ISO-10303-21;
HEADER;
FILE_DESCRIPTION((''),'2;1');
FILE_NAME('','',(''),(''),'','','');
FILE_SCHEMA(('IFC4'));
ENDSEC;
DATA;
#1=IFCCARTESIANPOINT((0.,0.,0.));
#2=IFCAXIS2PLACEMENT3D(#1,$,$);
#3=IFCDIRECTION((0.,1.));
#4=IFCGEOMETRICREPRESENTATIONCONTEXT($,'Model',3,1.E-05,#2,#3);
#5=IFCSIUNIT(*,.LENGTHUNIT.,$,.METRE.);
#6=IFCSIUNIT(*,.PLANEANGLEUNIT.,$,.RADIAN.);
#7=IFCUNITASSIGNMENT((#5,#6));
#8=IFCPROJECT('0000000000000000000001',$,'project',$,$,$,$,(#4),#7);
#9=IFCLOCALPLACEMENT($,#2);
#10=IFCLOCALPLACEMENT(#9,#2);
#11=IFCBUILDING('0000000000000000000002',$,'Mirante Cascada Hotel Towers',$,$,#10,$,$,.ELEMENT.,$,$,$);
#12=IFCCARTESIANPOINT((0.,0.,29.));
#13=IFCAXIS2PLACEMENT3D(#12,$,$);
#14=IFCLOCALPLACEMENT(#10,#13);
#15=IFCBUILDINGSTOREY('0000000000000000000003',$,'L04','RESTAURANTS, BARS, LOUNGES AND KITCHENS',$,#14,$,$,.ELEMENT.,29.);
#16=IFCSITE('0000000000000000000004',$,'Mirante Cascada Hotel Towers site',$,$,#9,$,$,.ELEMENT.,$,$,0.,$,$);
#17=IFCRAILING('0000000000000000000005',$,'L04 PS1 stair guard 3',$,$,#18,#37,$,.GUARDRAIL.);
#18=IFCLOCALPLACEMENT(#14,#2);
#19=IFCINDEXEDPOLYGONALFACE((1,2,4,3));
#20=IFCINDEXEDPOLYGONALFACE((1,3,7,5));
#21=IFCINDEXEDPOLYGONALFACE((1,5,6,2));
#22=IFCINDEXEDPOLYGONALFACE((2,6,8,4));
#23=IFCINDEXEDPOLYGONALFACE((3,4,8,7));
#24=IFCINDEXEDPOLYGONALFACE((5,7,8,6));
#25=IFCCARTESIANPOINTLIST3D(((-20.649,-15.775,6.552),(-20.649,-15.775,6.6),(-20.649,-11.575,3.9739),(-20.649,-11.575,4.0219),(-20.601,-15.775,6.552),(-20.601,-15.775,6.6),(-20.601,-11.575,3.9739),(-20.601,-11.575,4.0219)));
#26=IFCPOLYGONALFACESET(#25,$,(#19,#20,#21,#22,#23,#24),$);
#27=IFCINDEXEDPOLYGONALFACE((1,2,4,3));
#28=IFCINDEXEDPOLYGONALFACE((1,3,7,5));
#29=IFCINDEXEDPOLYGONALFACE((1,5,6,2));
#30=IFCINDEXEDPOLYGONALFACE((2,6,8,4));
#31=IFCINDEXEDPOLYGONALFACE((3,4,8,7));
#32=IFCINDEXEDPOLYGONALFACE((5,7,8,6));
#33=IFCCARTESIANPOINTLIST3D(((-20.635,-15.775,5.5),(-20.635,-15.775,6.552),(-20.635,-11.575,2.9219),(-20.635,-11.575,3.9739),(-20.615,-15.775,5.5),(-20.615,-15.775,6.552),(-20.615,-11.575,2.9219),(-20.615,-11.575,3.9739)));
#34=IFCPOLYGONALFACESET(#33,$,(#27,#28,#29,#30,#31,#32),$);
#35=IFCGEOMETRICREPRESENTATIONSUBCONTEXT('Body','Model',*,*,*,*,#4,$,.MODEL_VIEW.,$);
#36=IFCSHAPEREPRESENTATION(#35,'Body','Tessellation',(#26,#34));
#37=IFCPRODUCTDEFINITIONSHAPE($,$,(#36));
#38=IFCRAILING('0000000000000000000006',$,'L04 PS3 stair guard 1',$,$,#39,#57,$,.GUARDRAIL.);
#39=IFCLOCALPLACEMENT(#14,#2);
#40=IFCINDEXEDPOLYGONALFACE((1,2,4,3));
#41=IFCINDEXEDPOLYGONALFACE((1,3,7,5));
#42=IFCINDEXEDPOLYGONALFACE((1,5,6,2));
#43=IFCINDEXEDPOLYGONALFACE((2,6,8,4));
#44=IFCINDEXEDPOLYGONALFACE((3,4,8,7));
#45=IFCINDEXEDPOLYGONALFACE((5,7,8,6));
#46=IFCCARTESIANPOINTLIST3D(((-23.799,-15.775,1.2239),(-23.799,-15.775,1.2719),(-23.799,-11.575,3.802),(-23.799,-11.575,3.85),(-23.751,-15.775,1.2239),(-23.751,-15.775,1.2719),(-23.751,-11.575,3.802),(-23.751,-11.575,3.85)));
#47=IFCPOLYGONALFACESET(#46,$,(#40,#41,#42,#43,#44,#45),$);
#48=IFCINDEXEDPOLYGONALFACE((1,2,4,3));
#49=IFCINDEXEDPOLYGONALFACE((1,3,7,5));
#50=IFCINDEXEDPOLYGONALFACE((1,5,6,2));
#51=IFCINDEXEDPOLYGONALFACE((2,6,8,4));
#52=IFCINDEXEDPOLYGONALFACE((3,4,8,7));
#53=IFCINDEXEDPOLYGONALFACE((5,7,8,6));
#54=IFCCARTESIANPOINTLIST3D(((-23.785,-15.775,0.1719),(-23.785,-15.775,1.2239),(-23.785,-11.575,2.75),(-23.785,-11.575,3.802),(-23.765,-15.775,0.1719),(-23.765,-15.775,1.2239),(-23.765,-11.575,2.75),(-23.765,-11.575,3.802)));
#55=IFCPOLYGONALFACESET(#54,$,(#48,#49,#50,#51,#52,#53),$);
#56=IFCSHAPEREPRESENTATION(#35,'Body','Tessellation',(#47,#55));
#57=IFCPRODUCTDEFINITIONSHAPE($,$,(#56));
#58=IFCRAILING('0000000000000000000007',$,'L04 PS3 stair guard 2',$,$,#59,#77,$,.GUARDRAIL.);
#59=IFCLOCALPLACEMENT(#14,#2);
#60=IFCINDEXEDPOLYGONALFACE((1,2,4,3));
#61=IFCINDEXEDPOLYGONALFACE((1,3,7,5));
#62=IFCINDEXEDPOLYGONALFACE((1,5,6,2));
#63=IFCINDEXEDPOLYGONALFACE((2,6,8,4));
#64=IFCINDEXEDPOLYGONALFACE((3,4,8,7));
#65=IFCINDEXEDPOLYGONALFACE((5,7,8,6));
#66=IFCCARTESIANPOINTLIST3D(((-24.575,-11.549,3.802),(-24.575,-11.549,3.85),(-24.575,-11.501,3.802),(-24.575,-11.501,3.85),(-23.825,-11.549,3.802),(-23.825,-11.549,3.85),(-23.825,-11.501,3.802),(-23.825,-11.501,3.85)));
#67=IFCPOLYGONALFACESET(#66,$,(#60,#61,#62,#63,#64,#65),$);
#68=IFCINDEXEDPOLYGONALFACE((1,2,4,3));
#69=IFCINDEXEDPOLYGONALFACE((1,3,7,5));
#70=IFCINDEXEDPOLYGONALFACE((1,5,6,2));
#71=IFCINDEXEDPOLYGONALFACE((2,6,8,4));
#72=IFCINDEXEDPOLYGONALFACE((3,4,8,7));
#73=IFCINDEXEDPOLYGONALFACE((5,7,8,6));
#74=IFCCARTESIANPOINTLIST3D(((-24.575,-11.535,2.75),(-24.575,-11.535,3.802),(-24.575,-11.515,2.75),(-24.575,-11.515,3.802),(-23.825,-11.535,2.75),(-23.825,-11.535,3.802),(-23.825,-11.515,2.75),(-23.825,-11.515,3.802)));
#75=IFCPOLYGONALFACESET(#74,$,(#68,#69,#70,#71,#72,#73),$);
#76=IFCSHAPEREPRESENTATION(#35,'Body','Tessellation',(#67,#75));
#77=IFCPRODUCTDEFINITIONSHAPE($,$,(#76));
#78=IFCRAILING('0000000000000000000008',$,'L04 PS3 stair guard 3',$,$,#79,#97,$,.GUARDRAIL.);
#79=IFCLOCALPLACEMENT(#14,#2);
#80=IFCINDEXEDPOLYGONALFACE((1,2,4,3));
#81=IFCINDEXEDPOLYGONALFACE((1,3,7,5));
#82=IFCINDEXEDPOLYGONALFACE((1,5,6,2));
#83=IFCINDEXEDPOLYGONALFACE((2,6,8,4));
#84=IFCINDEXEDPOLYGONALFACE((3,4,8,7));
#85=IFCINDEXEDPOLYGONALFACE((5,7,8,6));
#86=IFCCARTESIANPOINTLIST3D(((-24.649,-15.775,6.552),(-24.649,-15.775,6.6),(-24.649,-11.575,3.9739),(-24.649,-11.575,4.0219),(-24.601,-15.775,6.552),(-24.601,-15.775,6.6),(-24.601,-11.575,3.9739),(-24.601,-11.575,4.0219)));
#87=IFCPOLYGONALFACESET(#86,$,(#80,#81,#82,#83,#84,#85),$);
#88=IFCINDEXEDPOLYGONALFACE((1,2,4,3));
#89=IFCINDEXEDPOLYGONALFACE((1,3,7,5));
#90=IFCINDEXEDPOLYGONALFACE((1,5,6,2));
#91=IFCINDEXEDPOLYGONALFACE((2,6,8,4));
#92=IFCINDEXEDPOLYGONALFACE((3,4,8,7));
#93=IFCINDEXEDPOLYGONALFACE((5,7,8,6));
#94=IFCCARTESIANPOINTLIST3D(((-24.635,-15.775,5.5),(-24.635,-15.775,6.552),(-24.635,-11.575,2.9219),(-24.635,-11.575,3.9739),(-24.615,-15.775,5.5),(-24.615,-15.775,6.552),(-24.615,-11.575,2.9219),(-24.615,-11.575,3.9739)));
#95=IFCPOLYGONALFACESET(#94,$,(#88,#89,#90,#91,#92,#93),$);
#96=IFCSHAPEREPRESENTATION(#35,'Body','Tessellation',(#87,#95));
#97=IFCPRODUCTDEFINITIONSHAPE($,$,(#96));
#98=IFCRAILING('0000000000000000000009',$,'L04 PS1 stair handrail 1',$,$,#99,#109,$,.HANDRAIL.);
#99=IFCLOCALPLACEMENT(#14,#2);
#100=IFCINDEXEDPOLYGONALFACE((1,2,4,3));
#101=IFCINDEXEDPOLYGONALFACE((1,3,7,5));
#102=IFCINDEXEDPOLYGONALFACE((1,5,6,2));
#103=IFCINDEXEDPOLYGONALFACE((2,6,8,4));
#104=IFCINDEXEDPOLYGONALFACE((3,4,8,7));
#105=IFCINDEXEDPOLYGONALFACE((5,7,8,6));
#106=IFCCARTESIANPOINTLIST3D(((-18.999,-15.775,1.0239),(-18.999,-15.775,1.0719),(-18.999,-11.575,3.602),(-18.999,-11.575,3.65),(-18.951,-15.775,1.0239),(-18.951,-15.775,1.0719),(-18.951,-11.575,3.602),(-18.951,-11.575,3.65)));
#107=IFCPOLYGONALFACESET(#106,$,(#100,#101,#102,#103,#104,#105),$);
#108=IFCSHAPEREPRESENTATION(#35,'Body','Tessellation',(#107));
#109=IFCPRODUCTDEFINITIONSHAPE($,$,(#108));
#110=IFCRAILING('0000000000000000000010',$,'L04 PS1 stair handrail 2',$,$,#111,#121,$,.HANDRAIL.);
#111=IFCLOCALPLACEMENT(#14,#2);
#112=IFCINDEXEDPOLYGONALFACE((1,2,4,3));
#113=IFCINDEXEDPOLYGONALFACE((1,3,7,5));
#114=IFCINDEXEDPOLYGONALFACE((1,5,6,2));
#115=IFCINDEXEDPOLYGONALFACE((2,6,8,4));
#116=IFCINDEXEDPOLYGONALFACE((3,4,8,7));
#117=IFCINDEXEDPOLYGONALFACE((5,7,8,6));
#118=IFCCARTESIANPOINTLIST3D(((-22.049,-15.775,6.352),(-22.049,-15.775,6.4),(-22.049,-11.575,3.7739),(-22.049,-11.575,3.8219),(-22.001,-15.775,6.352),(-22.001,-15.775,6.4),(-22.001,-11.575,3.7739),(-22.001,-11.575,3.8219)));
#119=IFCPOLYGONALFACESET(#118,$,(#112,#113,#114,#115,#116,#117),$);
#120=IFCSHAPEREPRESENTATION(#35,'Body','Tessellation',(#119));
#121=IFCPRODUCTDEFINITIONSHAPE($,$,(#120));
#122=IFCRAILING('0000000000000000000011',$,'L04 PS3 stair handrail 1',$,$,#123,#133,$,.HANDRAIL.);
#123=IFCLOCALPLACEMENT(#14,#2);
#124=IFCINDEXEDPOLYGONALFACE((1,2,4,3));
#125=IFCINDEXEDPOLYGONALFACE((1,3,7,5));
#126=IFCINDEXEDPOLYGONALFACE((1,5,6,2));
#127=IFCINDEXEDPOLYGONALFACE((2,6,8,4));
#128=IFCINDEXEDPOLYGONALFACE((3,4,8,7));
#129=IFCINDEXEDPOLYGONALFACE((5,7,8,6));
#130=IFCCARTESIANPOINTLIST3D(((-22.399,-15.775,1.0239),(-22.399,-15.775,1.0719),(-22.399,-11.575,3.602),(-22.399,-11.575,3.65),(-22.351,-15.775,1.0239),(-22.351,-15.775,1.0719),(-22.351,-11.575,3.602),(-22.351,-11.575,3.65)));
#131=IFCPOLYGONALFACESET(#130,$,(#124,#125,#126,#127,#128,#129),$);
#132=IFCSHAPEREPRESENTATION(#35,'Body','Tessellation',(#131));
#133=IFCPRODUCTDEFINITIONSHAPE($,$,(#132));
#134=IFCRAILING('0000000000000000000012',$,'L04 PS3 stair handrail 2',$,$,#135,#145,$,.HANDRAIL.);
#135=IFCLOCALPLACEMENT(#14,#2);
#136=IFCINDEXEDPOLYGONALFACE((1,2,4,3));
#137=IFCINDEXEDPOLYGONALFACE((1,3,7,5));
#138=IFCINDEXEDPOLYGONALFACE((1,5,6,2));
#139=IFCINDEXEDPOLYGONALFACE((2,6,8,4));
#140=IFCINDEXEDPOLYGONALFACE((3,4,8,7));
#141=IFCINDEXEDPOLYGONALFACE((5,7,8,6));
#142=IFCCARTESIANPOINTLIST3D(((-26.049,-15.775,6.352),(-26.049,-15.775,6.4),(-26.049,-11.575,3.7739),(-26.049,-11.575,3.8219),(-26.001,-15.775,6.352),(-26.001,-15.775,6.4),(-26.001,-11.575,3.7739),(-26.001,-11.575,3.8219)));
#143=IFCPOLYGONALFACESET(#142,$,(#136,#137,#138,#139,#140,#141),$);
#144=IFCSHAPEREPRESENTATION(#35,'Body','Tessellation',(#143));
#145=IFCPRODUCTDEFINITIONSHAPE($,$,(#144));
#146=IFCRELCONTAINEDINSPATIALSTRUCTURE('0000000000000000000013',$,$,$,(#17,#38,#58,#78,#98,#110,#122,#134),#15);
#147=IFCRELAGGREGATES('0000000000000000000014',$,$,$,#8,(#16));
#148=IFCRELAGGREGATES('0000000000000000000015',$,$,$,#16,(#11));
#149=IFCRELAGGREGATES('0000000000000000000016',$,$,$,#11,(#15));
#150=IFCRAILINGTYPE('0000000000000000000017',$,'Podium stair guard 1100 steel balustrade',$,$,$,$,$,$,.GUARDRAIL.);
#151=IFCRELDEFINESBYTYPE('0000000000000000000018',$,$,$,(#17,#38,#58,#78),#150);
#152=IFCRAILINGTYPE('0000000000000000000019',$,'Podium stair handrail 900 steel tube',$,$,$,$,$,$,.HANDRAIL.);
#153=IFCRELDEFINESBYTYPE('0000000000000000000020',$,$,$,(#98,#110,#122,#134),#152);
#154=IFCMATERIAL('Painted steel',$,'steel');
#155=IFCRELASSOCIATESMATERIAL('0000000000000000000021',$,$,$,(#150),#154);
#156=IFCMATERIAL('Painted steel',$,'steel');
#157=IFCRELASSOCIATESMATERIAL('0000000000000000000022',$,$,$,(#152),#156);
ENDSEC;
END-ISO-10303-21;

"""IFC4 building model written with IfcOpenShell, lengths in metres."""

from ifc_helpers import new_model, si_unit, direction, frame, origin, origin_2d, place, context, subcontext, project, spatial, rectangle, extrude, material, type_object, element, save


model = new_model("IFC4")

# Units and contexts
model_context = context("Model", 3, precision=1e-05, world=origin(), true_north=direction((0.0, 1.0)))
body_context = subcontext(model_context, "Body", "Model", "MODEL_VIEW")
ifc_project = project(units=[si_unit("LENGTHUNIT", "METRE"), si_unit("PLANEANGLEUNIT", "RADIAN")], contexts=[model_context])

# Site, building, storey
site_placement = place(None, origin())
site = spatial("IfcSite", under=ifc_project, at=site_placement, Name="Mirante Cascada Hotel Towers site", CompositionType="ELEMENT", RefElevation=0.0)
building_placement = place(site_placement, origin())
building = spatial("IfcBuilding", under=site, at=building_placement, Name="Mirante Cascada Hotel Towers", CompositionType="ELEMENT")
storey_placement = place(building_placement, frame((0.0, 0.0, 29.0)))
storey = spatial("IfcBuildingStorey", under=building, at=storey_placement, Name="L04", Description="RESTAURANTS, BARS, LOUNGES AND KITCHENS", CompositionType="ELEMENT", Elevation=29.0)

# Railings
ifc_material_1 = material(Name="Painted steel", Category="steel")
railing_type_1 = type_object("IfcRailingType", Name="Podium stair guard 1100 steel balustrade", PredefinedType="GUARDRAIL", material=ifc_material_1)
railing_1_placement = place(storey_placement, frame((-20.625, -11.575, 2.9219)))
element("IfcRailing", 1, at=railing_1_placement, inside=storey, type_object=railing_type_1, Name="L04 PS1 stair guard 3", PredefinedType="GUARDRAIL", context=body_context, shape_type="SweptSolid", body=[
    extrude(rectangle(XDim=0.048, YDim=0.048, at=origin_2d()), frame((0.0, 0.0, 1.076), z_axis=(0.0, -1.0, 0.0), x_axis=(1.0, 0.0, 0.0)), (0.0, 0.523138, 0.852248), 4.9281),
    extrude(rectangle(XDim=0.02, YDim=1.052, at=origin_2d()), frame((0.0, 0.0, 0.526), z_axis=(0.0, -1.0, 0.0), x_axis=(1.0, 0.0, 0.0)), (0.0, 0.523138, 0.852248), 4.9281),
])
railing_2_placement = place(storey_placement, frame((-23.775, -15.775, 0.1719)))
element("IfcRailing", 2, at=railing_2_placement, inside=storey, type_object=railing_type_1, Name="L04 PS3 stair guard 1", PredefinedType="GUARDRAIL", context=body_context, shape_type="SweptSolid", body=[
    extrude(rectangle(XDim=0.048, YDim=0.048, at=origin_2d()), frame((0.0, 0.0, 1.076), z_axis=(0.0, 1.0, 0.0), x_axis=(-1.0, 0.0, 0.0)), (0.0, 0.523138, 0.852248), 4.9281),
    extrude(rectangle(XDim=0.02, YDim=1.052, at=origin_2d()), frame((0.0, 0.0, 0.526), z_axis=(0.0, 1.0, 0.0), x_axis=(-1.0, 0.0, 0.0)), (0.0, 0.523138, 0.852248), 4.9281),
])
railing_3_placement = place(storey_placement, frame((-23.825, -11.525, 2.75)))
element("IfcRailing", 3, at=railing_3_placement, inside=storey, type_object=railing_type_1, Name="L04 PS3 stair guard 2", PredefinedType="GUARDRAIL", context=body_context, shape_type="SweptSolid", body=[
    extrude(rectangle(XDim=0.048, YDim=0.048, at=origin_2d()), frame((0.0, 0.0, 1.076), z_axis=(-1.0, 0.0, 0.0), x_axis=(0.0, -1.0, 0.0)), (0.0, 0.0, 1.0), 0.75),
    extrude(rectangle(XDim=0.02, YDim=1.052, at=origin_2d()), frame((0.0, 0.0, 0.526), z_axis=(-1.0, 0.0, 0.0), x_axis=(0.0, -1.0, 0.0)), (0.0, 0.0, 1.0), 0.75),
])
railing_4_placement = place(storey_placement, frame((-24.625, -11.575, 2.9219)))
element("IfcRailing", 4, at=railing_4_placement, inside=storey, type_object=railing_type_1, Name="L04 PS3 stair guard 3", PredefinedType="GUARDRAIL", context=body_context, shape_type="SweptSolid", body=[
    extrude(rectangle(XDim=0.048, YDim=0.048, at=origin_2d()), frame((0.0, 0.0, 1.076), z_axis=(0.0, -1.0, 0.0), x_axis=(1.0, 0.0, 0.0)), (0.0, 0.523138, 0.852248), 4.9281),
    extrude(rectangle(XDim=0.02, YDim=1.052, at=origin_2d()), frame((0.0, 0.0, 0.526), z_axis=(0.0, -1.0, 0.0), x_axis=(1.0, 0.0, 0.0)), (0.0, 0.523138, 0.852248), 4.9281),
])
ifc_material_2 = material(Name="Painted steel", Category="steel")
railing_type_2 = type_object("IfcRailingType", Name="Podium stair handrail 900 steel tube", PredefinedType="HANDRAIL", material=ifc_material_2)
railing_5_placement = place(storey_placement, frame((-18.975, -15.775, 0.1719)))
element("IfcRailing", 5, at=railing_5_placement, inside=storey, type_object=railing_type_2, Name="L04 PS1 stair handrail 1", PredefinedType="HANDRAIL", context=body_context, shape_type="SweptSolid", body=[
    extrude(rectangle(XDim=0.048, YDim=0.048, at=origin_2d()), frame((0.0, 0.0, 0.876), z_axis=(0.0, 1.0, 0.0), x_axis=(-1.0, 0.0, 0.0)), (0.0, 0.523138, 0.852248), 4.9281),
])
railing_6_placement = place(storey_placement, frame((-22.025, -11.575, 2.9219)))
element("IfcRailing", 6, at=railing_6_placement, inside=storey, type_object=railing_type_2, Name="L04 PS1 stair handrail 2", PredefinedType="HANDRAIL", context=body_context, shape_type="SweptSolid", body=[
    extrude(rectangle(XDim=0.048, YDim=0.048, at=origin_2d()), frame((0.0, 0.0, 0.876), z_axis=(0.0, -1.0, 0.0), x_axis=(1.0, 0.0, 0.0)), (0.0, 0.523138, 0.852248), 4.9281),
])
railing_7_placement = place(storey_placement, frame((-22.375, -15.775, 0.1719)))
element("IfcRailing", 7, at=railing_7_placement, inside=storey, type_object=railing_type_2, Name="L04 PS3 stair handrail 1", PredefinedType="HANDRAIL", context=body_context, shape_type="SweptSolid", body=[
    extrude(rectangle(XDim=0.048, YDim=0.048, at=origin_2d()), frame((0.0, 0.0, 0.876), z_axis=(0.0, 1.0, 0.0), x_axis=(-1.0, 0.0, 0.0)), (0.0, 0.523138, 0.852248), 4.9281),
])
railing_8_placement = place(storey_placement, frame((-26.025, -11.575, 2.9219)))
element("IfcRailing", 8, at=railing_8_placement, inside=storey, type_object=railing_type_2, Name="L04 PS3 stair handrail 2", PredefinedType="HANDRAIL", context=body_context, shape_type="SweptSolid", body=[
    extrude(rectangle(XDim=0.048, YDim=0.048, at=origin_2d()), frame((0.0, 0.0, 0.876), z_axis=(0.0, -1.0, 0.0), x_axis=(1.0, 0.0, 0.0)), (0.0, 0.523138, 0.852248), 4.9281),
])

save(model, "model.ifc")
